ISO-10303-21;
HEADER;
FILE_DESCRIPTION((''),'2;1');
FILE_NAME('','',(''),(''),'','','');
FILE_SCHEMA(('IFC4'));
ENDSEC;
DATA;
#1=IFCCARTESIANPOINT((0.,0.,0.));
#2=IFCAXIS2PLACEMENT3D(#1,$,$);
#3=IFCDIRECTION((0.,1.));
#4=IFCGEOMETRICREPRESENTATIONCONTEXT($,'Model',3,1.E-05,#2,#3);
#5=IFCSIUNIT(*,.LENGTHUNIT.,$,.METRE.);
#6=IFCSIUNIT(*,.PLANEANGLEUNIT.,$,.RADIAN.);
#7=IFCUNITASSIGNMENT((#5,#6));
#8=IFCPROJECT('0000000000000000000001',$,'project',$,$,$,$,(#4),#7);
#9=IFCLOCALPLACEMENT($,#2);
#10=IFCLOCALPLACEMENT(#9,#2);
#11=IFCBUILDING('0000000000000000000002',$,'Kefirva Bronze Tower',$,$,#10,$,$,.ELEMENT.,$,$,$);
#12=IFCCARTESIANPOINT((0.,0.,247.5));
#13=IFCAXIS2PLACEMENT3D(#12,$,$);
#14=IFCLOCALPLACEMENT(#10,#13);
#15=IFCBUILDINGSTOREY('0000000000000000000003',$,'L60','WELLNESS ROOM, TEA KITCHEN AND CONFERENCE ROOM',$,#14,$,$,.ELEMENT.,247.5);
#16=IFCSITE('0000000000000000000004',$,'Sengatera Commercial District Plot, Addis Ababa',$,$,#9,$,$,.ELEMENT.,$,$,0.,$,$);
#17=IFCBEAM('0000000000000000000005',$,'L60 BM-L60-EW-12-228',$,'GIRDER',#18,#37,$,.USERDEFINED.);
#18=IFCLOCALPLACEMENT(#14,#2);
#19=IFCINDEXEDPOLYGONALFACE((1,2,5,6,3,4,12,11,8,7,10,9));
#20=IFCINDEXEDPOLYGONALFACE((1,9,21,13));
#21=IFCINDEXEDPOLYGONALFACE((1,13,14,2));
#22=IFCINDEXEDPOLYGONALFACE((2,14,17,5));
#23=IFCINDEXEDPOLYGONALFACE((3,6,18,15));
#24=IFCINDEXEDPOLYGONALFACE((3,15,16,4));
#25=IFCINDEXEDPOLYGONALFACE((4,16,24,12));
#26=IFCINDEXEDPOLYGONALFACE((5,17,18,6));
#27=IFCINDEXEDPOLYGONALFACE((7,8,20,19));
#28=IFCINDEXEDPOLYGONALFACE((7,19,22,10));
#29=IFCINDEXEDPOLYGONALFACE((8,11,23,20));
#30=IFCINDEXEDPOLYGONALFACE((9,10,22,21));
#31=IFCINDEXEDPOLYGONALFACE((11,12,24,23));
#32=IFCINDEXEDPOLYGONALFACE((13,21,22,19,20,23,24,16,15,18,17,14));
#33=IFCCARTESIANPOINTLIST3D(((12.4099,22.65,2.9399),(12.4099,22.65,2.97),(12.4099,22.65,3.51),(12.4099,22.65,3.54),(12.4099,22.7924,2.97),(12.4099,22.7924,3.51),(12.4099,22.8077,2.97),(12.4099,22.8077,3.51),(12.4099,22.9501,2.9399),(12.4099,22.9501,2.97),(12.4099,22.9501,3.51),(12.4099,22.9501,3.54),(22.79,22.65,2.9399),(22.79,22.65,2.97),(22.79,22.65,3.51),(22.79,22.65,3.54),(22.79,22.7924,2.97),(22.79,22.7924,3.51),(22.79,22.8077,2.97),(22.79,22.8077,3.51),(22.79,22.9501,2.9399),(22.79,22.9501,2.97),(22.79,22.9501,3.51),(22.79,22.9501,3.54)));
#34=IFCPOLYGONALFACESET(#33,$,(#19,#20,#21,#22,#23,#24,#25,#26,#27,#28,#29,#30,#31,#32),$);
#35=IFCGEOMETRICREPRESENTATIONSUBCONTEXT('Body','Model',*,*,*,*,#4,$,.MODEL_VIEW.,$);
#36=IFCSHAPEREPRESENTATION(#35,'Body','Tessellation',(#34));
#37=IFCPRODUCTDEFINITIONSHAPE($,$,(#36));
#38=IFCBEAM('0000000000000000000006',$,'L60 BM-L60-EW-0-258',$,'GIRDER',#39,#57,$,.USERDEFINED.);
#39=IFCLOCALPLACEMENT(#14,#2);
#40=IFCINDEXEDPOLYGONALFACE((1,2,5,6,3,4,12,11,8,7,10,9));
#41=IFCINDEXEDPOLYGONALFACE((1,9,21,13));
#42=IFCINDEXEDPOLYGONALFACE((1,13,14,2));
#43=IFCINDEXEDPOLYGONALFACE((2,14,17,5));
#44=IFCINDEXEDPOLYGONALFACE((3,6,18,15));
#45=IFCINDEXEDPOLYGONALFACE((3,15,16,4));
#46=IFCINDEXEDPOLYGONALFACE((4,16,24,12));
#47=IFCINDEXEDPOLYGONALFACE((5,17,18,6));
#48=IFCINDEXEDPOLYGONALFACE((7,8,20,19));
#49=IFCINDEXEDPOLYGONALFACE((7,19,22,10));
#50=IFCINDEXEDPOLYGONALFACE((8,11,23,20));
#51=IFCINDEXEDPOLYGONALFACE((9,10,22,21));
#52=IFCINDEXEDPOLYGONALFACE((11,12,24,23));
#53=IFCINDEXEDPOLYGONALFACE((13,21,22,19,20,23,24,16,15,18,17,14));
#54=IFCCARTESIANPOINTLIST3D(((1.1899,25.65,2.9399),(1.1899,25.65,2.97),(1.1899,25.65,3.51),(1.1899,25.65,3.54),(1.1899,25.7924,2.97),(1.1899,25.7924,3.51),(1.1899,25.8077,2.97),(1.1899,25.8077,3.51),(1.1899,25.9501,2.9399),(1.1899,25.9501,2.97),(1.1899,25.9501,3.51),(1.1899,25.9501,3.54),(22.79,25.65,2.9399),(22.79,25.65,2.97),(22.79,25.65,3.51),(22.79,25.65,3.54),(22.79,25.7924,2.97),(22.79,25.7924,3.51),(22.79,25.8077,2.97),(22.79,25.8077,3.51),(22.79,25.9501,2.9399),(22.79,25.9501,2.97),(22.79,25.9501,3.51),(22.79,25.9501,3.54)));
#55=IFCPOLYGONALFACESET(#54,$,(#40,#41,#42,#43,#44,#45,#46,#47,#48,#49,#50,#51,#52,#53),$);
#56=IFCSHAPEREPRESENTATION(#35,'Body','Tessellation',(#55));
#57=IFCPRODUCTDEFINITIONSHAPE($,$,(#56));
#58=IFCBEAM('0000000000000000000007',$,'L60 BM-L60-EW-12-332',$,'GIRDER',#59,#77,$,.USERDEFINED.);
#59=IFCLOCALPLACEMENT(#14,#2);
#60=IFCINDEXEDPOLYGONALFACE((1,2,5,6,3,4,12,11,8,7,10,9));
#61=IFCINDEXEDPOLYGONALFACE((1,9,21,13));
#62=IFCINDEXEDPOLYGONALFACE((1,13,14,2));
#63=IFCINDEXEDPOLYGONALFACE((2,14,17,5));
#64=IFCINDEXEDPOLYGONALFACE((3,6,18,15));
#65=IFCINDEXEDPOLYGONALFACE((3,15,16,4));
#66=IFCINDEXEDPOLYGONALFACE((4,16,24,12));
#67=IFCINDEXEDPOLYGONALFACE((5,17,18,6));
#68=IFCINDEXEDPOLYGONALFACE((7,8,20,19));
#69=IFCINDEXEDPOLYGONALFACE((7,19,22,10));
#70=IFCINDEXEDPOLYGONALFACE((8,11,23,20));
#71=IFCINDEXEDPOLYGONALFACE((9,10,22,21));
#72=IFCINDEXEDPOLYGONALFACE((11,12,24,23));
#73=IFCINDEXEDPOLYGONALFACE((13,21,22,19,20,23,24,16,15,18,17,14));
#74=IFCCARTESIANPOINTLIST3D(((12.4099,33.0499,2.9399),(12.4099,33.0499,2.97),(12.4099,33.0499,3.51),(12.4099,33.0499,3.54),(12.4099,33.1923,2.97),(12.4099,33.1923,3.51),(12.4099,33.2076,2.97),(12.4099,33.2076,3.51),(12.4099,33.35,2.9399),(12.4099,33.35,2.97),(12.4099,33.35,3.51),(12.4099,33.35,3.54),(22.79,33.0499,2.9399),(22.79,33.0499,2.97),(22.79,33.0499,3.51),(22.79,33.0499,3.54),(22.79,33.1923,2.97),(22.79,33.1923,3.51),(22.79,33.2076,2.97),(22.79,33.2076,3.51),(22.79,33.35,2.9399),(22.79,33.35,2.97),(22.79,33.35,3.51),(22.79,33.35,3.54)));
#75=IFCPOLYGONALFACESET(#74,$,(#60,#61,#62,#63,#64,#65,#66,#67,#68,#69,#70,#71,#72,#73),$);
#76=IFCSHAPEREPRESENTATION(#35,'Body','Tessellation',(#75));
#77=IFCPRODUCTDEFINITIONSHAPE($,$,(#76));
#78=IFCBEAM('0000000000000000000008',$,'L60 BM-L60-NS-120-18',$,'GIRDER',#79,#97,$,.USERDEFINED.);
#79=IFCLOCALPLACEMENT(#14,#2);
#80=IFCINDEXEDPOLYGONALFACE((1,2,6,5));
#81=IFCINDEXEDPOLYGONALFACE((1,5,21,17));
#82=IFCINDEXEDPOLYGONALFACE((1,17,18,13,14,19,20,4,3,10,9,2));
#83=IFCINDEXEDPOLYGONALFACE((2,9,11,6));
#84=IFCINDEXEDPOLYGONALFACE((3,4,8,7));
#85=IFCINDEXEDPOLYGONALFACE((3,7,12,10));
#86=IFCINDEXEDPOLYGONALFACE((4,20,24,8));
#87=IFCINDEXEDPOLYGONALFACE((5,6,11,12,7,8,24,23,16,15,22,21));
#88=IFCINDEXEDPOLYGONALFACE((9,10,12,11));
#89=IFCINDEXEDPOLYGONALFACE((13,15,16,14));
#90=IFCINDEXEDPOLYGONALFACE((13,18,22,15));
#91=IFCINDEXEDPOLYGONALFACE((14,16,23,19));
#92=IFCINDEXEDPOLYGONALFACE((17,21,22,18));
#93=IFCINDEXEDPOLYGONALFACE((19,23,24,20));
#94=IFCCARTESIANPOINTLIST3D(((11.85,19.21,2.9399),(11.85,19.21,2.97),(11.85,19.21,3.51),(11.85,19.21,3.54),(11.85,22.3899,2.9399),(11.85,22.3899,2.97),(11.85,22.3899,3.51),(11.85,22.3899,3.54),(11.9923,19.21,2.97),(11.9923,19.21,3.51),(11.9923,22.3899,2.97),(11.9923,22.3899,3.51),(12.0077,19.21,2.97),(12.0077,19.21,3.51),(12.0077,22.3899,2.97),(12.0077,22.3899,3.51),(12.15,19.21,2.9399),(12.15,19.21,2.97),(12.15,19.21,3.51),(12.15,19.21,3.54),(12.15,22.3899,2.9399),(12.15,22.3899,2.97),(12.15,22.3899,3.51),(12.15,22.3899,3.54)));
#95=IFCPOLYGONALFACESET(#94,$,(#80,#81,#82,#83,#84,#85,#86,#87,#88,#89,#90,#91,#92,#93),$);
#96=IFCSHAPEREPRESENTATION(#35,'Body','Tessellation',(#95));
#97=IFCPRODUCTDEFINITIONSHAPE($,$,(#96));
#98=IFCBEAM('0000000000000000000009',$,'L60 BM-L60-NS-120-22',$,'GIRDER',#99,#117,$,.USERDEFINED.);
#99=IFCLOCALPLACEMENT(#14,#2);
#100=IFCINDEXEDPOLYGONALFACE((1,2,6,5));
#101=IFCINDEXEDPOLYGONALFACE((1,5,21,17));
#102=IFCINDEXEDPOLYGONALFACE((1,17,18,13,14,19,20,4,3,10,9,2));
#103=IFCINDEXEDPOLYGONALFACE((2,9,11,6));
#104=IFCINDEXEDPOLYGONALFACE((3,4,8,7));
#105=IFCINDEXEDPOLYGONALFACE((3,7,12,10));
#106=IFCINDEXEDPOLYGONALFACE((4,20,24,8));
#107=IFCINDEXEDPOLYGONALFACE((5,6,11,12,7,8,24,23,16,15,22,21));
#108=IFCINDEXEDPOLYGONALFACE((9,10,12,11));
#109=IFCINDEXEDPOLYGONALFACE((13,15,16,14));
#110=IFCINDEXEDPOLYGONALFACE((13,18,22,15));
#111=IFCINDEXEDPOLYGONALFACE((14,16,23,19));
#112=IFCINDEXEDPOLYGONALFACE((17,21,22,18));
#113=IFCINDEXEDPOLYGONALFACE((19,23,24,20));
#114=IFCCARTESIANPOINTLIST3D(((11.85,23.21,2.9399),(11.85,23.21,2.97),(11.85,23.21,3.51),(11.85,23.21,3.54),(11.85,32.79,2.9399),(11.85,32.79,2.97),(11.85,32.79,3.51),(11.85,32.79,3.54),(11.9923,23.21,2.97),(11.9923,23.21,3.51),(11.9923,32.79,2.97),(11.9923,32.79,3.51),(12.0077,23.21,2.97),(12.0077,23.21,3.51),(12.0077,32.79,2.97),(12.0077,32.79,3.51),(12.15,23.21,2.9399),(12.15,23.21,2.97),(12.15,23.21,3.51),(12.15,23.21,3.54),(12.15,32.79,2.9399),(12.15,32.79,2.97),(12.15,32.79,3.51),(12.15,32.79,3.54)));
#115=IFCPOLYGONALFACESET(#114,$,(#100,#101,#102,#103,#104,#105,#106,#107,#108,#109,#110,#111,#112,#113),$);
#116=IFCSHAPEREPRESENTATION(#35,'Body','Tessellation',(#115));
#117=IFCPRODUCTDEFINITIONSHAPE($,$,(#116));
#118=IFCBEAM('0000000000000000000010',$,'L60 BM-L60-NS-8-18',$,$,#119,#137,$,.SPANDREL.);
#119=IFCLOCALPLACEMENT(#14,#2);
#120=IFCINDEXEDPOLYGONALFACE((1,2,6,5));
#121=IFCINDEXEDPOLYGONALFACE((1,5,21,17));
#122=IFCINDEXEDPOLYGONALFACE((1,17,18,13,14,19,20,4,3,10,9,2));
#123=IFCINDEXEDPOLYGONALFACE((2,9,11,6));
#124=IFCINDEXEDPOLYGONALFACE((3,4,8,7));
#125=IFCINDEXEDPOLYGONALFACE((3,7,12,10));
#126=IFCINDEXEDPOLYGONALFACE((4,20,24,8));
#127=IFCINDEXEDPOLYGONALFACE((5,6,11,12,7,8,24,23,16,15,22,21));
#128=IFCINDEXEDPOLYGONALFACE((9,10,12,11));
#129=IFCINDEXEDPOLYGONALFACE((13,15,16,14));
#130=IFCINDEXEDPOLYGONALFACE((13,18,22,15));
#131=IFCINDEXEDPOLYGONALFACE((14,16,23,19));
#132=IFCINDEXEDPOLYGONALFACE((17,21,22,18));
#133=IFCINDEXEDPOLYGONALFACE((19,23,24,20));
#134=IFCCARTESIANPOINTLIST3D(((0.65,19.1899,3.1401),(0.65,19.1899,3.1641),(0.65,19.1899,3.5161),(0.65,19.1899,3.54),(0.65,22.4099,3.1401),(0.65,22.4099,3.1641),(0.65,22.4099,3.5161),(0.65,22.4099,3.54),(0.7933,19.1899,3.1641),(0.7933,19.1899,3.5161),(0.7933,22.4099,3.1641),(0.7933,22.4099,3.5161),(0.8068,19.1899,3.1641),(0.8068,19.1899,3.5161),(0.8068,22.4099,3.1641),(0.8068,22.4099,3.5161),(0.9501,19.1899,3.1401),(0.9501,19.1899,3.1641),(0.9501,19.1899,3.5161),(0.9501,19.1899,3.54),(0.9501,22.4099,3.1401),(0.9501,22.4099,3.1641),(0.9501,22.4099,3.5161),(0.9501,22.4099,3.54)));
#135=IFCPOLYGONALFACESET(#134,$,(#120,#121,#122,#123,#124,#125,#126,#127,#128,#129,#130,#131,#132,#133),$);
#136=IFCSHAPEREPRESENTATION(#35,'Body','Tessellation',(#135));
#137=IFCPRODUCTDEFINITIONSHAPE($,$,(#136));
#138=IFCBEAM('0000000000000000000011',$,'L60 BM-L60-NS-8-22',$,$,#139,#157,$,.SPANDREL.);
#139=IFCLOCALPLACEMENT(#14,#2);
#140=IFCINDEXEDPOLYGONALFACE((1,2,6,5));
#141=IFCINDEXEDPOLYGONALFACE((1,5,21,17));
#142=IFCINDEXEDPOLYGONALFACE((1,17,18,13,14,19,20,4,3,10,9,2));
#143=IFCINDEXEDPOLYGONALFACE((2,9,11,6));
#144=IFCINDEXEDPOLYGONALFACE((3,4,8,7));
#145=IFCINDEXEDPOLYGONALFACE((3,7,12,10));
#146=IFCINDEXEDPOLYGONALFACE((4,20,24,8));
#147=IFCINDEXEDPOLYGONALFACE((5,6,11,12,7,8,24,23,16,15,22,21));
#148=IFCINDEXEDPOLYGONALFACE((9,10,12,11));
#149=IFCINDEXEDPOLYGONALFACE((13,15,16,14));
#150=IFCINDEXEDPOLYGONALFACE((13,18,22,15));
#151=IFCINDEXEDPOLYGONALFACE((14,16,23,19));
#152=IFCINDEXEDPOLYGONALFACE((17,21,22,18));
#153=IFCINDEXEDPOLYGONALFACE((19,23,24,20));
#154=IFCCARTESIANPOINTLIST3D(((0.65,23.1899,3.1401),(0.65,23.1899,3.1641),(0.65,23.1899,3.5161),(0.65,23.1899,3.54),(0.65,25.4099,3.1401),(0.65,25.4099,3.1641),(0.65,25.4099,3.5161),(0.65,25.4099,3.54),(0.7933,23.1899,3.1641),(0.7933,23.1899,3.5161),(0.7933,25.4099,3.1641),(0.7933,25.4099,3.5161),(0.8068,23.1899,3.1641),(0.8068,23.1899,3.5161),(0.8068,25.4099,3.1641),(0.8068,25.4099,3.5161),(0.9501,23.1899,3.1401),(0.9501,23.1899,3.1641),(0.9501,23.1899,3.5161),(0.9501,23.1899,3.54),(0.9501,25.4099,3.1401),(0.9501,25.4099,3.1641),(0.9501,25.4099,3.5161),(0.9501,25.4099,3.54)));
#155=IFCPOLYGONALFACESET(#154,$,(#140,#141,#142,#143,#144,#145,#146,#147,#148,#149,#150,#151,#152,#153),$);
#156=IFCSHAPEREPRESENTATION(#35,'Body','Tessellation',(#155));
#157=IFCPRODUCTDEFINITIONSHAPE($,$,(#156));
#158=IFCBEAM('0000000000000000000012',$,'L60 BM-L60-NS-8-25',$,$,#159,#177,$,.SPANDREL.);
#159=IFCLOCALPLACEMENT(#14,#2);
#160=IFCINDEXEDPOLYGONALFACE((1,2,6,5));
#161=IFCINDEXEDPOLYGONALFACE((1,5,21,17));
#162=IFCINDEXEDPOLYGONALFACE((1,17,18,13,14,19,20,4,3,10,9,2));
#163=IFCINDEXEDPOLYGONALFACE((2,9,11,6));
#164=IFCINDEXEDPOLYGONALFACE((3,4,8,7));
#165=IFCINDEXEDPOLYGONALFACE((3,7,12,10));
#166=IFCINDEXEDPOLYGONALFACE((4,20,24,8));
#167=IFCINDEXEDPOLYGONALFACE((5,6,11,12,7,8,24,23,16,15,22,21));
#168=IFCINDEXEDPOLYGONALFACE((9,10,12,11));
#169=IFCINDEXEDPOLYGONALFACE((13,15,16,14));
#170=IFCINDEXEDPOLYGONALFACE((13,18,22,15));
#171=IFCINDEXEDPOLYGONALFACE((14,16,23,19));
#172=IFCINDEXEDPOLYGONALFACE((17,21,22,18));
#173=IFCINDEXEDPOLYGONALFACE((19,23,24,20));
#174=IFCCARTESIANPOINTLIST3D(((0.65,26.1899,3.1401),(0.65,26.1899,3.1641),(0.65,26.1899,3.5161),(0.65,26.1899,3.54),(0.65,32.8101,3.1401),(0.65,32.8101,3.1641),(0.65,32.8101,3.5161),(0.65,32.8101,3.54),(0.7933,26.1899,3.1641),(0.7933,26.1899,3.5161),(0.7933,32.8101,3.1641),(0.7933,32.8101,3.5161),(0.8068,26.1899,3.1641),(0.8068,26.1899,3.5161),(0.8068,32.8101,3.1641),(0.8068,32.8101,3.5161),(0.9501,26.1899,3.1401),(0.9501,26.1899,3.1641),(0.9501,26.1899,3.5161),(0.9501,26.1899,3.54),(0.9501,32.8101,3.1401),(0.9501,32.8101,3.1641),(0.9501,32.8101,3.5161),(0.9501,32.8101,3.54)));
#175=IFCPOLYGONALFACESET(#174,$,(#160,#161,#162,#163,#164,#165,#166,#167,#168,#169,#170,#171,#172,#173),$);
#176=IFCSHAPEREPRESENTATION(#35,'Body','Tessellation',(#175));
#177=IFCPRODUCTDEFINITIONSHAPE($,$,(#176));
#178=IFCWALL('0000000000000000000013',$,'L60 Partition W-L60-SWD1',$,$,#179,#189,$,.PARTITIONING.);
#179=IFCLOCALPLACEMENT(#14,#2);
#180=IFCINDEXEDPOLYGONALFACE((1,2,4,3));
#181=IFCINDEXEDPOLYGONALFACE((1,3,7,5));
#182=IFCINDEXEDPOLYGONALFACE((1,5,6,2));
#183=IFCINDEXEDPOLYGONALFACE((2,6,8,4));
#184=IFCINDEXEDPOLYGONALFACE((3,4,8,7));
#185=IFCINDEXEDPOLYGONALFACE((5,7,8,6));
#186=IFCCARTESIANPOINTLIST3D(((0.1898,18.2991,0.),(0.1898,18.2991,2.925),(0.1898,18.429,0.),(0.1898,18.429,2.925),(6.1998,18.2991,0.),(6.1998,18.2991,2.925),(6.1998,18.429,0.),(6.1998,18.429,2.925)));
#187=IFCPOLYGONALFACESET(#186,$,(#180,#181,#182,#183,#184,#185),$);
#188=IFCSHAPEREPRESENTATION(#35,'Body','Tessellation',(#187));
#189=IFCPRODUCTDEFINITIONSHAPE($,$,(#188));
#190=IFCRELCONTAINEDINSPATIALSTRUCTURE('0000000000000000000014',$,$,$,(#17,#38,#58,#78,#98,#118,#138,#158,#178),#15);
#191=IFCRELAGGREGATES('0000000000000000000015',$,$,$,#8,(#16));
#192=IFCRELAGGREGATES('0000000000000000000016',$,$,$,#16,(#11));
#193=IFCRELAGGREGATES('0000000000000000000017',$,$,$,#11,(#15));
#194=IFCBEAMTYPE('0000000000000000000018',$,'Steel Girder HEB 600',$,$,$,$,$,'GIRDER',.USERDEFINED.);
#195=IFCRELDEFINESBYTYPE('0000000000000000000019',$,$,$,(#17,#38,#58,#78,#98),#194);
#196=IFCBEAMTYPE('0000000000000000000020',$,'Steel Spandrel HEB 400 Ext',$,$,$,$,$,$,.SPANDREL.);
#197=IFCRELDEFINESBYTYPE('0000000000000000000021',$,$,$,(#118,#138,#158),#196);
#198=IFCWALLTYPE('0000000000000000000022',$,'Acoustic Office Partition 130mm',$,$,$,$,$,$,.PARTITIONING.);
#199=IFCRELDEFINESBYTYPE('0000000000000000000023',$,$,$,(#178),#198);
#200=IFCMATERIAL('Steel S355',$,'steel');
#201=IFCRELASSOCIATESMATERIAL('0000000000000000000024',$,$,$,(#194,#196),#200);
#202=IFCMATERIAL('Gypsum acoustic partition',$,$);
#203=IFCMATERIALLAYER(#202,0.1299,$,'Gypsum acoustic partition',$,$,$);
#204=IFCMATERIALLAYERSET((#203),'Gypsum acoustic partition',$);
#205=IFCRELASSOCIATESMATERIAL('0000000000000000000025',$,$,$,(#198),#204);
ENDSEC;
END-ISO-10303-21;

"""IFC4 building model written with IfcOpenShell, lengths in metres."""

from ifc_helpers import new_model, si_unit, direction, frame, frame_2d, origin, origin_2d, place, context, subcontext, project, spatial, rectangle, i_section, extrude, material, layer, layer_set, material_profile, profile_set, type_object, element, save


model = new_model("IFC4")

# Units and contexts
model_context = context("Model", 3, precision=1e-05, world=origin(), true_north=direction((0.0, 1.0)))
body_context = subcontext(model_context, "Body", "Model", "MODEL_VIEW")
ifc_project = project(units=[si_unit("LENGTHUNIT", "METRE"), si_unit("PLANEANGLEUNIT", "RADIAN")], contexts=[model_context])

# Site, building, storey
site_placement = place(None, origin())
site = spatial("IfcSite", under=ifc_project, at=site_placement, Name="Sengatera Commercial District Plot, Addis Ababa", CompositionType="ELEMENT", RefElevation=0.0)
building_placement = place(site_placement, origin())
building = spatial("IfcBuilding", under=site, at=building_placement, Name="Kefirva Bronze Tower", CompositionType="ELEMENT")
storey_placement = place(building_placement, frame((0.0, 0.0, 247.5)))
storey = spatial("IfcBuildingStorey", under=building, at=storey_placement, Name="L60", Description="WELLNESS ROOM, TEA KITCHEN AND CONFERENCE ROOM", CompositionType="ELEMENT", Elevation=247.5)

# Beams
ifc_material_1 = material(Name="Steel S355", Category="steel")
ifc_material_profile_1 = material_profile(ifc_material_1, i_section(OverallWidth=0.3, OverallDepth=0.6001, WebThickness=0.0154, FlangeThickness=0.03, at=origin_2d()), Name="HEB 600")
ifc_profile_set_1 = profile_set([ifc_material_profile_1], Name="Steel S355")
beam_type_1 = type_object("IfcBeamType", Name="Steel Girder HEB 600", ElementType="GIRDER", PredefinedType="USERDEFINED", material=ifc_profile_set_1)
beam_1_placement = place(storey_placement, frame((12.4099, 22.8, 3.24), z_axis=(1.0, 0.0, 0.0), x_axis=(0.0, 1.0, 0.0)))
element("IfcBeam", 1, at=beam_1_placement, inside=storey, type_object=beam_type_1, Name="L60 BM-L60-EW-12-228", ObjectType="GIRDER", PredefinedType="USERDEFINED", context=body_context, shape_type="SweptSolid", body=[
    extrude(i_section(OverallWidth=0.3, OverallDepth=0.6001, WebThickness=0.0154, FlangeThickness=0.03, at=origin_2d()), origin(), (0.0, 0.0, 1.0), 10.3801),
])
beam_2_placement = place(storey_placement, frame((1.1899, 25.8, 3.24), z_axis=(1.0, 0.0, 0.0), x_axis=(0.0, 1.0, 0.0)))
element("IfcBeam", 2, at=beam_2_placement, inside=storey, type_object=beam_type_1, Name="L60 BM-L60-EW-0-258", ObjectType="GIRDER", PredefinedType="USERDEFINED", context=body_context, shape_type="SweptSolid", body=[
    extrude(i_section(OverallWidth=0.3, OverallDepth=0.6001, WebThickness=0.0154, FlangeThickness=0.03, at=origin_2d()), origin(), (0.0, 0.0, 1.0), 21.6001),
])
beam_3_placement = place(storey_placement, frame((12.4099, 33.2, 3.24), z_axis=(1.0, 0.0, 0.0), x_axis=(0.0, 1.0, 0.0)))
element("IfcBeam", 3, at=beam_3_placement, inside=storey, type_object=beam_type_1, Name="L60 BM-L60-EW-12-332", ObjectType="GIRDER", PredefinedType="USERDEFINED", context=body_context, shape_type="SweptSolid", body=[
    extrude(i_section(OverallWidth=0.3, OverallDepth=0.6001, WebThickness=0.0154, FlangeThickness=0.03, at=origin_2d()), origin(), (0.0, 0.0, 1.0), 10.3801),
])
beam_4_placement = place(storey_placement, frame((12.0, 19.21, 3.24), z_axis=(0.0, 1.0, 0.0), x_axis=(-1.0, 0.0, 0.0)))
element("IfcBeam", 4, at=beam_4_placement, inside=storey, type_object=beam_type_1, Name="L60 BM-L60-NS-120-18", ObjectType="GIRDER", PredefinedType="USERDEFINED", context=body_context, shape_type="SweptSolid", body=[
    extrude(i_section(OverallWidth=0.3, OverallDepth=0.6001, WebThickness=0.0154, FlangeThickness=0.03, at=origin_2d()), origin(), (0.0, 0.0, 1.0), 3.1799),
])
beam_5_placement = place(storey_placement, frame((12.0, 23.21, 3.24), z_axis=(0.0, 1.0, 0.0), x_axis=(-1.0, 0.0, 0.0)))
element("IfcBeam", 5, at=beam_5_placement, inside=storey, type_object=beam_type_1, Name="L60 BM-L60-NS-120-22", ObjectType="GIRDER", PredefinedType="USERDEFINED", context=body_context, shape_type="SweptSolid", body=[
    extrude(i_section(OverallWidth=0.3, OverallDepth=0.6001, WebThickness=0.0154, FlangeThickness=0.03, at=origin_2d()), origin(), (0.0, 0.0, 1.0), 9.5801),
])
ifc_material_profile_2 = material_profile(ifc_material_1, i_section(OverallWidth=0.3, OverallDepth=0.3999, WebThickness=0.0134, FlangeThickness=0.0239, at=origin_2d()), Name="HEB 400")
ifc_profile_set_2 = profile_set([ifc_material_profile_2], Name="Steel S355")
beam_type_2 = type_object("IfcBeamType", Name="Steel Spandrel HEB 400 Ext", PredefinedType="SPANDREL", material=ifc_profile_set_2)
beam_6_placement = place(storey_placement, frame((0.8, 19.1899, 3.3401), z_axis=(0.0, 1.0, 0.0), x_axis=(-1.0, 0.0, 0.0)))
element("IfcBeam", 6, at=beam_6_placement, inside=storey, type_object=beam_type_2, Name="L60 BM-L60-NS-8-18", PredefinedType="SPANDREL", context=body_context, shape_type="SweptSolid", body=[
    extrude(i_section(OverallWidth=0.3, OverallDepth=0.3999, WebThickness=0.0134, FlangeThickness=0.0239, at=origin_2d()), origin(), (0.0, 0.0, 1.0), 3.22),
])
beam_7_placement = place(storey_placement, frame((0.8, 23.1899, 3.3401), z_axis=(0.0, 1.0, 0.0), x_axis=(-1.0, 0.0, 0.0)))
element("IfcBeam", 7, at=beam_7_placement, inside=storey, type_object=beam_type_2, Name="L60 BM-L60-NS-8-22", PredefinedType="SPANDREL", context=body_context, shape_type="SweptSolid", body=[
    extrude(i_section(OverallWidth=0.3, OverallDepth=0.3999, WebThickness=0.0134, FlangeThickness=0.0239, at=origin_2d()), origin(), (0.0, 0.0, 1.0), 2.22),
])
beam_8_placement = place(storey_placement, frame((0.8, 26.1899, 3.3401), z_axis=(0.0, 1.0, 0.0), x_axis=(-1.0, 0.0, 0.0)))
element("IfcBeam", 8, at=beam_8_placement, inside=storey, type_object=beam_type_2, Name="L60 BM-L60-NS-8-25", PredefinedType="SPANDREL", context=body_context, shape_type="SweptSolid", body=[
    extrude(i_section(OverallWidth=0.3, OverallDepth=0.3999, WebThickness=0.0134, FlangeThickness=0.0239, at=origin_2d()), origin(), (0.0, 0.0, 1.0), 6.6201),
])

# Wall
ifc_material_2 = material(Name="Gypsum acoustic partition")
ifc_layer_1 = layer(ifc_material_2, 0.1299, Name="Gypsum acoustic partition")
ifc_layer_set_1 = layer_set([ifc_layer_1], Name="Gypsum acoustic partition")
wall_type_1 = type_object("IfcWallType", Name="Acoustic Office Partition 130mm", PredefinedType="PARTITIONING", material=ifc_layer_set_1)
wall_1_placement = place(storey_placement, frame((0.1899, 18.364, 0.0), z_axis=(0.0, 0.0, 1.0), x_axis=(1.0, 0.0, 0.0)))
element("IfcWall", 9, at=wall_1_placement, inside=storey, type_object=wall_type_1, Name="L60 Partition W-L60-SWD1", PredefinedType="PARTITIONING", context=body_context, shape_type="SweptSolid", body=[
    extrude(rectangle(XDim=6.01, YDim=0.1299, at=frame_2d((3.0049, 0.0))), origin(), (0.0, 0.0, 1.0), 2.925),
])

save(model, "model.ifc")
